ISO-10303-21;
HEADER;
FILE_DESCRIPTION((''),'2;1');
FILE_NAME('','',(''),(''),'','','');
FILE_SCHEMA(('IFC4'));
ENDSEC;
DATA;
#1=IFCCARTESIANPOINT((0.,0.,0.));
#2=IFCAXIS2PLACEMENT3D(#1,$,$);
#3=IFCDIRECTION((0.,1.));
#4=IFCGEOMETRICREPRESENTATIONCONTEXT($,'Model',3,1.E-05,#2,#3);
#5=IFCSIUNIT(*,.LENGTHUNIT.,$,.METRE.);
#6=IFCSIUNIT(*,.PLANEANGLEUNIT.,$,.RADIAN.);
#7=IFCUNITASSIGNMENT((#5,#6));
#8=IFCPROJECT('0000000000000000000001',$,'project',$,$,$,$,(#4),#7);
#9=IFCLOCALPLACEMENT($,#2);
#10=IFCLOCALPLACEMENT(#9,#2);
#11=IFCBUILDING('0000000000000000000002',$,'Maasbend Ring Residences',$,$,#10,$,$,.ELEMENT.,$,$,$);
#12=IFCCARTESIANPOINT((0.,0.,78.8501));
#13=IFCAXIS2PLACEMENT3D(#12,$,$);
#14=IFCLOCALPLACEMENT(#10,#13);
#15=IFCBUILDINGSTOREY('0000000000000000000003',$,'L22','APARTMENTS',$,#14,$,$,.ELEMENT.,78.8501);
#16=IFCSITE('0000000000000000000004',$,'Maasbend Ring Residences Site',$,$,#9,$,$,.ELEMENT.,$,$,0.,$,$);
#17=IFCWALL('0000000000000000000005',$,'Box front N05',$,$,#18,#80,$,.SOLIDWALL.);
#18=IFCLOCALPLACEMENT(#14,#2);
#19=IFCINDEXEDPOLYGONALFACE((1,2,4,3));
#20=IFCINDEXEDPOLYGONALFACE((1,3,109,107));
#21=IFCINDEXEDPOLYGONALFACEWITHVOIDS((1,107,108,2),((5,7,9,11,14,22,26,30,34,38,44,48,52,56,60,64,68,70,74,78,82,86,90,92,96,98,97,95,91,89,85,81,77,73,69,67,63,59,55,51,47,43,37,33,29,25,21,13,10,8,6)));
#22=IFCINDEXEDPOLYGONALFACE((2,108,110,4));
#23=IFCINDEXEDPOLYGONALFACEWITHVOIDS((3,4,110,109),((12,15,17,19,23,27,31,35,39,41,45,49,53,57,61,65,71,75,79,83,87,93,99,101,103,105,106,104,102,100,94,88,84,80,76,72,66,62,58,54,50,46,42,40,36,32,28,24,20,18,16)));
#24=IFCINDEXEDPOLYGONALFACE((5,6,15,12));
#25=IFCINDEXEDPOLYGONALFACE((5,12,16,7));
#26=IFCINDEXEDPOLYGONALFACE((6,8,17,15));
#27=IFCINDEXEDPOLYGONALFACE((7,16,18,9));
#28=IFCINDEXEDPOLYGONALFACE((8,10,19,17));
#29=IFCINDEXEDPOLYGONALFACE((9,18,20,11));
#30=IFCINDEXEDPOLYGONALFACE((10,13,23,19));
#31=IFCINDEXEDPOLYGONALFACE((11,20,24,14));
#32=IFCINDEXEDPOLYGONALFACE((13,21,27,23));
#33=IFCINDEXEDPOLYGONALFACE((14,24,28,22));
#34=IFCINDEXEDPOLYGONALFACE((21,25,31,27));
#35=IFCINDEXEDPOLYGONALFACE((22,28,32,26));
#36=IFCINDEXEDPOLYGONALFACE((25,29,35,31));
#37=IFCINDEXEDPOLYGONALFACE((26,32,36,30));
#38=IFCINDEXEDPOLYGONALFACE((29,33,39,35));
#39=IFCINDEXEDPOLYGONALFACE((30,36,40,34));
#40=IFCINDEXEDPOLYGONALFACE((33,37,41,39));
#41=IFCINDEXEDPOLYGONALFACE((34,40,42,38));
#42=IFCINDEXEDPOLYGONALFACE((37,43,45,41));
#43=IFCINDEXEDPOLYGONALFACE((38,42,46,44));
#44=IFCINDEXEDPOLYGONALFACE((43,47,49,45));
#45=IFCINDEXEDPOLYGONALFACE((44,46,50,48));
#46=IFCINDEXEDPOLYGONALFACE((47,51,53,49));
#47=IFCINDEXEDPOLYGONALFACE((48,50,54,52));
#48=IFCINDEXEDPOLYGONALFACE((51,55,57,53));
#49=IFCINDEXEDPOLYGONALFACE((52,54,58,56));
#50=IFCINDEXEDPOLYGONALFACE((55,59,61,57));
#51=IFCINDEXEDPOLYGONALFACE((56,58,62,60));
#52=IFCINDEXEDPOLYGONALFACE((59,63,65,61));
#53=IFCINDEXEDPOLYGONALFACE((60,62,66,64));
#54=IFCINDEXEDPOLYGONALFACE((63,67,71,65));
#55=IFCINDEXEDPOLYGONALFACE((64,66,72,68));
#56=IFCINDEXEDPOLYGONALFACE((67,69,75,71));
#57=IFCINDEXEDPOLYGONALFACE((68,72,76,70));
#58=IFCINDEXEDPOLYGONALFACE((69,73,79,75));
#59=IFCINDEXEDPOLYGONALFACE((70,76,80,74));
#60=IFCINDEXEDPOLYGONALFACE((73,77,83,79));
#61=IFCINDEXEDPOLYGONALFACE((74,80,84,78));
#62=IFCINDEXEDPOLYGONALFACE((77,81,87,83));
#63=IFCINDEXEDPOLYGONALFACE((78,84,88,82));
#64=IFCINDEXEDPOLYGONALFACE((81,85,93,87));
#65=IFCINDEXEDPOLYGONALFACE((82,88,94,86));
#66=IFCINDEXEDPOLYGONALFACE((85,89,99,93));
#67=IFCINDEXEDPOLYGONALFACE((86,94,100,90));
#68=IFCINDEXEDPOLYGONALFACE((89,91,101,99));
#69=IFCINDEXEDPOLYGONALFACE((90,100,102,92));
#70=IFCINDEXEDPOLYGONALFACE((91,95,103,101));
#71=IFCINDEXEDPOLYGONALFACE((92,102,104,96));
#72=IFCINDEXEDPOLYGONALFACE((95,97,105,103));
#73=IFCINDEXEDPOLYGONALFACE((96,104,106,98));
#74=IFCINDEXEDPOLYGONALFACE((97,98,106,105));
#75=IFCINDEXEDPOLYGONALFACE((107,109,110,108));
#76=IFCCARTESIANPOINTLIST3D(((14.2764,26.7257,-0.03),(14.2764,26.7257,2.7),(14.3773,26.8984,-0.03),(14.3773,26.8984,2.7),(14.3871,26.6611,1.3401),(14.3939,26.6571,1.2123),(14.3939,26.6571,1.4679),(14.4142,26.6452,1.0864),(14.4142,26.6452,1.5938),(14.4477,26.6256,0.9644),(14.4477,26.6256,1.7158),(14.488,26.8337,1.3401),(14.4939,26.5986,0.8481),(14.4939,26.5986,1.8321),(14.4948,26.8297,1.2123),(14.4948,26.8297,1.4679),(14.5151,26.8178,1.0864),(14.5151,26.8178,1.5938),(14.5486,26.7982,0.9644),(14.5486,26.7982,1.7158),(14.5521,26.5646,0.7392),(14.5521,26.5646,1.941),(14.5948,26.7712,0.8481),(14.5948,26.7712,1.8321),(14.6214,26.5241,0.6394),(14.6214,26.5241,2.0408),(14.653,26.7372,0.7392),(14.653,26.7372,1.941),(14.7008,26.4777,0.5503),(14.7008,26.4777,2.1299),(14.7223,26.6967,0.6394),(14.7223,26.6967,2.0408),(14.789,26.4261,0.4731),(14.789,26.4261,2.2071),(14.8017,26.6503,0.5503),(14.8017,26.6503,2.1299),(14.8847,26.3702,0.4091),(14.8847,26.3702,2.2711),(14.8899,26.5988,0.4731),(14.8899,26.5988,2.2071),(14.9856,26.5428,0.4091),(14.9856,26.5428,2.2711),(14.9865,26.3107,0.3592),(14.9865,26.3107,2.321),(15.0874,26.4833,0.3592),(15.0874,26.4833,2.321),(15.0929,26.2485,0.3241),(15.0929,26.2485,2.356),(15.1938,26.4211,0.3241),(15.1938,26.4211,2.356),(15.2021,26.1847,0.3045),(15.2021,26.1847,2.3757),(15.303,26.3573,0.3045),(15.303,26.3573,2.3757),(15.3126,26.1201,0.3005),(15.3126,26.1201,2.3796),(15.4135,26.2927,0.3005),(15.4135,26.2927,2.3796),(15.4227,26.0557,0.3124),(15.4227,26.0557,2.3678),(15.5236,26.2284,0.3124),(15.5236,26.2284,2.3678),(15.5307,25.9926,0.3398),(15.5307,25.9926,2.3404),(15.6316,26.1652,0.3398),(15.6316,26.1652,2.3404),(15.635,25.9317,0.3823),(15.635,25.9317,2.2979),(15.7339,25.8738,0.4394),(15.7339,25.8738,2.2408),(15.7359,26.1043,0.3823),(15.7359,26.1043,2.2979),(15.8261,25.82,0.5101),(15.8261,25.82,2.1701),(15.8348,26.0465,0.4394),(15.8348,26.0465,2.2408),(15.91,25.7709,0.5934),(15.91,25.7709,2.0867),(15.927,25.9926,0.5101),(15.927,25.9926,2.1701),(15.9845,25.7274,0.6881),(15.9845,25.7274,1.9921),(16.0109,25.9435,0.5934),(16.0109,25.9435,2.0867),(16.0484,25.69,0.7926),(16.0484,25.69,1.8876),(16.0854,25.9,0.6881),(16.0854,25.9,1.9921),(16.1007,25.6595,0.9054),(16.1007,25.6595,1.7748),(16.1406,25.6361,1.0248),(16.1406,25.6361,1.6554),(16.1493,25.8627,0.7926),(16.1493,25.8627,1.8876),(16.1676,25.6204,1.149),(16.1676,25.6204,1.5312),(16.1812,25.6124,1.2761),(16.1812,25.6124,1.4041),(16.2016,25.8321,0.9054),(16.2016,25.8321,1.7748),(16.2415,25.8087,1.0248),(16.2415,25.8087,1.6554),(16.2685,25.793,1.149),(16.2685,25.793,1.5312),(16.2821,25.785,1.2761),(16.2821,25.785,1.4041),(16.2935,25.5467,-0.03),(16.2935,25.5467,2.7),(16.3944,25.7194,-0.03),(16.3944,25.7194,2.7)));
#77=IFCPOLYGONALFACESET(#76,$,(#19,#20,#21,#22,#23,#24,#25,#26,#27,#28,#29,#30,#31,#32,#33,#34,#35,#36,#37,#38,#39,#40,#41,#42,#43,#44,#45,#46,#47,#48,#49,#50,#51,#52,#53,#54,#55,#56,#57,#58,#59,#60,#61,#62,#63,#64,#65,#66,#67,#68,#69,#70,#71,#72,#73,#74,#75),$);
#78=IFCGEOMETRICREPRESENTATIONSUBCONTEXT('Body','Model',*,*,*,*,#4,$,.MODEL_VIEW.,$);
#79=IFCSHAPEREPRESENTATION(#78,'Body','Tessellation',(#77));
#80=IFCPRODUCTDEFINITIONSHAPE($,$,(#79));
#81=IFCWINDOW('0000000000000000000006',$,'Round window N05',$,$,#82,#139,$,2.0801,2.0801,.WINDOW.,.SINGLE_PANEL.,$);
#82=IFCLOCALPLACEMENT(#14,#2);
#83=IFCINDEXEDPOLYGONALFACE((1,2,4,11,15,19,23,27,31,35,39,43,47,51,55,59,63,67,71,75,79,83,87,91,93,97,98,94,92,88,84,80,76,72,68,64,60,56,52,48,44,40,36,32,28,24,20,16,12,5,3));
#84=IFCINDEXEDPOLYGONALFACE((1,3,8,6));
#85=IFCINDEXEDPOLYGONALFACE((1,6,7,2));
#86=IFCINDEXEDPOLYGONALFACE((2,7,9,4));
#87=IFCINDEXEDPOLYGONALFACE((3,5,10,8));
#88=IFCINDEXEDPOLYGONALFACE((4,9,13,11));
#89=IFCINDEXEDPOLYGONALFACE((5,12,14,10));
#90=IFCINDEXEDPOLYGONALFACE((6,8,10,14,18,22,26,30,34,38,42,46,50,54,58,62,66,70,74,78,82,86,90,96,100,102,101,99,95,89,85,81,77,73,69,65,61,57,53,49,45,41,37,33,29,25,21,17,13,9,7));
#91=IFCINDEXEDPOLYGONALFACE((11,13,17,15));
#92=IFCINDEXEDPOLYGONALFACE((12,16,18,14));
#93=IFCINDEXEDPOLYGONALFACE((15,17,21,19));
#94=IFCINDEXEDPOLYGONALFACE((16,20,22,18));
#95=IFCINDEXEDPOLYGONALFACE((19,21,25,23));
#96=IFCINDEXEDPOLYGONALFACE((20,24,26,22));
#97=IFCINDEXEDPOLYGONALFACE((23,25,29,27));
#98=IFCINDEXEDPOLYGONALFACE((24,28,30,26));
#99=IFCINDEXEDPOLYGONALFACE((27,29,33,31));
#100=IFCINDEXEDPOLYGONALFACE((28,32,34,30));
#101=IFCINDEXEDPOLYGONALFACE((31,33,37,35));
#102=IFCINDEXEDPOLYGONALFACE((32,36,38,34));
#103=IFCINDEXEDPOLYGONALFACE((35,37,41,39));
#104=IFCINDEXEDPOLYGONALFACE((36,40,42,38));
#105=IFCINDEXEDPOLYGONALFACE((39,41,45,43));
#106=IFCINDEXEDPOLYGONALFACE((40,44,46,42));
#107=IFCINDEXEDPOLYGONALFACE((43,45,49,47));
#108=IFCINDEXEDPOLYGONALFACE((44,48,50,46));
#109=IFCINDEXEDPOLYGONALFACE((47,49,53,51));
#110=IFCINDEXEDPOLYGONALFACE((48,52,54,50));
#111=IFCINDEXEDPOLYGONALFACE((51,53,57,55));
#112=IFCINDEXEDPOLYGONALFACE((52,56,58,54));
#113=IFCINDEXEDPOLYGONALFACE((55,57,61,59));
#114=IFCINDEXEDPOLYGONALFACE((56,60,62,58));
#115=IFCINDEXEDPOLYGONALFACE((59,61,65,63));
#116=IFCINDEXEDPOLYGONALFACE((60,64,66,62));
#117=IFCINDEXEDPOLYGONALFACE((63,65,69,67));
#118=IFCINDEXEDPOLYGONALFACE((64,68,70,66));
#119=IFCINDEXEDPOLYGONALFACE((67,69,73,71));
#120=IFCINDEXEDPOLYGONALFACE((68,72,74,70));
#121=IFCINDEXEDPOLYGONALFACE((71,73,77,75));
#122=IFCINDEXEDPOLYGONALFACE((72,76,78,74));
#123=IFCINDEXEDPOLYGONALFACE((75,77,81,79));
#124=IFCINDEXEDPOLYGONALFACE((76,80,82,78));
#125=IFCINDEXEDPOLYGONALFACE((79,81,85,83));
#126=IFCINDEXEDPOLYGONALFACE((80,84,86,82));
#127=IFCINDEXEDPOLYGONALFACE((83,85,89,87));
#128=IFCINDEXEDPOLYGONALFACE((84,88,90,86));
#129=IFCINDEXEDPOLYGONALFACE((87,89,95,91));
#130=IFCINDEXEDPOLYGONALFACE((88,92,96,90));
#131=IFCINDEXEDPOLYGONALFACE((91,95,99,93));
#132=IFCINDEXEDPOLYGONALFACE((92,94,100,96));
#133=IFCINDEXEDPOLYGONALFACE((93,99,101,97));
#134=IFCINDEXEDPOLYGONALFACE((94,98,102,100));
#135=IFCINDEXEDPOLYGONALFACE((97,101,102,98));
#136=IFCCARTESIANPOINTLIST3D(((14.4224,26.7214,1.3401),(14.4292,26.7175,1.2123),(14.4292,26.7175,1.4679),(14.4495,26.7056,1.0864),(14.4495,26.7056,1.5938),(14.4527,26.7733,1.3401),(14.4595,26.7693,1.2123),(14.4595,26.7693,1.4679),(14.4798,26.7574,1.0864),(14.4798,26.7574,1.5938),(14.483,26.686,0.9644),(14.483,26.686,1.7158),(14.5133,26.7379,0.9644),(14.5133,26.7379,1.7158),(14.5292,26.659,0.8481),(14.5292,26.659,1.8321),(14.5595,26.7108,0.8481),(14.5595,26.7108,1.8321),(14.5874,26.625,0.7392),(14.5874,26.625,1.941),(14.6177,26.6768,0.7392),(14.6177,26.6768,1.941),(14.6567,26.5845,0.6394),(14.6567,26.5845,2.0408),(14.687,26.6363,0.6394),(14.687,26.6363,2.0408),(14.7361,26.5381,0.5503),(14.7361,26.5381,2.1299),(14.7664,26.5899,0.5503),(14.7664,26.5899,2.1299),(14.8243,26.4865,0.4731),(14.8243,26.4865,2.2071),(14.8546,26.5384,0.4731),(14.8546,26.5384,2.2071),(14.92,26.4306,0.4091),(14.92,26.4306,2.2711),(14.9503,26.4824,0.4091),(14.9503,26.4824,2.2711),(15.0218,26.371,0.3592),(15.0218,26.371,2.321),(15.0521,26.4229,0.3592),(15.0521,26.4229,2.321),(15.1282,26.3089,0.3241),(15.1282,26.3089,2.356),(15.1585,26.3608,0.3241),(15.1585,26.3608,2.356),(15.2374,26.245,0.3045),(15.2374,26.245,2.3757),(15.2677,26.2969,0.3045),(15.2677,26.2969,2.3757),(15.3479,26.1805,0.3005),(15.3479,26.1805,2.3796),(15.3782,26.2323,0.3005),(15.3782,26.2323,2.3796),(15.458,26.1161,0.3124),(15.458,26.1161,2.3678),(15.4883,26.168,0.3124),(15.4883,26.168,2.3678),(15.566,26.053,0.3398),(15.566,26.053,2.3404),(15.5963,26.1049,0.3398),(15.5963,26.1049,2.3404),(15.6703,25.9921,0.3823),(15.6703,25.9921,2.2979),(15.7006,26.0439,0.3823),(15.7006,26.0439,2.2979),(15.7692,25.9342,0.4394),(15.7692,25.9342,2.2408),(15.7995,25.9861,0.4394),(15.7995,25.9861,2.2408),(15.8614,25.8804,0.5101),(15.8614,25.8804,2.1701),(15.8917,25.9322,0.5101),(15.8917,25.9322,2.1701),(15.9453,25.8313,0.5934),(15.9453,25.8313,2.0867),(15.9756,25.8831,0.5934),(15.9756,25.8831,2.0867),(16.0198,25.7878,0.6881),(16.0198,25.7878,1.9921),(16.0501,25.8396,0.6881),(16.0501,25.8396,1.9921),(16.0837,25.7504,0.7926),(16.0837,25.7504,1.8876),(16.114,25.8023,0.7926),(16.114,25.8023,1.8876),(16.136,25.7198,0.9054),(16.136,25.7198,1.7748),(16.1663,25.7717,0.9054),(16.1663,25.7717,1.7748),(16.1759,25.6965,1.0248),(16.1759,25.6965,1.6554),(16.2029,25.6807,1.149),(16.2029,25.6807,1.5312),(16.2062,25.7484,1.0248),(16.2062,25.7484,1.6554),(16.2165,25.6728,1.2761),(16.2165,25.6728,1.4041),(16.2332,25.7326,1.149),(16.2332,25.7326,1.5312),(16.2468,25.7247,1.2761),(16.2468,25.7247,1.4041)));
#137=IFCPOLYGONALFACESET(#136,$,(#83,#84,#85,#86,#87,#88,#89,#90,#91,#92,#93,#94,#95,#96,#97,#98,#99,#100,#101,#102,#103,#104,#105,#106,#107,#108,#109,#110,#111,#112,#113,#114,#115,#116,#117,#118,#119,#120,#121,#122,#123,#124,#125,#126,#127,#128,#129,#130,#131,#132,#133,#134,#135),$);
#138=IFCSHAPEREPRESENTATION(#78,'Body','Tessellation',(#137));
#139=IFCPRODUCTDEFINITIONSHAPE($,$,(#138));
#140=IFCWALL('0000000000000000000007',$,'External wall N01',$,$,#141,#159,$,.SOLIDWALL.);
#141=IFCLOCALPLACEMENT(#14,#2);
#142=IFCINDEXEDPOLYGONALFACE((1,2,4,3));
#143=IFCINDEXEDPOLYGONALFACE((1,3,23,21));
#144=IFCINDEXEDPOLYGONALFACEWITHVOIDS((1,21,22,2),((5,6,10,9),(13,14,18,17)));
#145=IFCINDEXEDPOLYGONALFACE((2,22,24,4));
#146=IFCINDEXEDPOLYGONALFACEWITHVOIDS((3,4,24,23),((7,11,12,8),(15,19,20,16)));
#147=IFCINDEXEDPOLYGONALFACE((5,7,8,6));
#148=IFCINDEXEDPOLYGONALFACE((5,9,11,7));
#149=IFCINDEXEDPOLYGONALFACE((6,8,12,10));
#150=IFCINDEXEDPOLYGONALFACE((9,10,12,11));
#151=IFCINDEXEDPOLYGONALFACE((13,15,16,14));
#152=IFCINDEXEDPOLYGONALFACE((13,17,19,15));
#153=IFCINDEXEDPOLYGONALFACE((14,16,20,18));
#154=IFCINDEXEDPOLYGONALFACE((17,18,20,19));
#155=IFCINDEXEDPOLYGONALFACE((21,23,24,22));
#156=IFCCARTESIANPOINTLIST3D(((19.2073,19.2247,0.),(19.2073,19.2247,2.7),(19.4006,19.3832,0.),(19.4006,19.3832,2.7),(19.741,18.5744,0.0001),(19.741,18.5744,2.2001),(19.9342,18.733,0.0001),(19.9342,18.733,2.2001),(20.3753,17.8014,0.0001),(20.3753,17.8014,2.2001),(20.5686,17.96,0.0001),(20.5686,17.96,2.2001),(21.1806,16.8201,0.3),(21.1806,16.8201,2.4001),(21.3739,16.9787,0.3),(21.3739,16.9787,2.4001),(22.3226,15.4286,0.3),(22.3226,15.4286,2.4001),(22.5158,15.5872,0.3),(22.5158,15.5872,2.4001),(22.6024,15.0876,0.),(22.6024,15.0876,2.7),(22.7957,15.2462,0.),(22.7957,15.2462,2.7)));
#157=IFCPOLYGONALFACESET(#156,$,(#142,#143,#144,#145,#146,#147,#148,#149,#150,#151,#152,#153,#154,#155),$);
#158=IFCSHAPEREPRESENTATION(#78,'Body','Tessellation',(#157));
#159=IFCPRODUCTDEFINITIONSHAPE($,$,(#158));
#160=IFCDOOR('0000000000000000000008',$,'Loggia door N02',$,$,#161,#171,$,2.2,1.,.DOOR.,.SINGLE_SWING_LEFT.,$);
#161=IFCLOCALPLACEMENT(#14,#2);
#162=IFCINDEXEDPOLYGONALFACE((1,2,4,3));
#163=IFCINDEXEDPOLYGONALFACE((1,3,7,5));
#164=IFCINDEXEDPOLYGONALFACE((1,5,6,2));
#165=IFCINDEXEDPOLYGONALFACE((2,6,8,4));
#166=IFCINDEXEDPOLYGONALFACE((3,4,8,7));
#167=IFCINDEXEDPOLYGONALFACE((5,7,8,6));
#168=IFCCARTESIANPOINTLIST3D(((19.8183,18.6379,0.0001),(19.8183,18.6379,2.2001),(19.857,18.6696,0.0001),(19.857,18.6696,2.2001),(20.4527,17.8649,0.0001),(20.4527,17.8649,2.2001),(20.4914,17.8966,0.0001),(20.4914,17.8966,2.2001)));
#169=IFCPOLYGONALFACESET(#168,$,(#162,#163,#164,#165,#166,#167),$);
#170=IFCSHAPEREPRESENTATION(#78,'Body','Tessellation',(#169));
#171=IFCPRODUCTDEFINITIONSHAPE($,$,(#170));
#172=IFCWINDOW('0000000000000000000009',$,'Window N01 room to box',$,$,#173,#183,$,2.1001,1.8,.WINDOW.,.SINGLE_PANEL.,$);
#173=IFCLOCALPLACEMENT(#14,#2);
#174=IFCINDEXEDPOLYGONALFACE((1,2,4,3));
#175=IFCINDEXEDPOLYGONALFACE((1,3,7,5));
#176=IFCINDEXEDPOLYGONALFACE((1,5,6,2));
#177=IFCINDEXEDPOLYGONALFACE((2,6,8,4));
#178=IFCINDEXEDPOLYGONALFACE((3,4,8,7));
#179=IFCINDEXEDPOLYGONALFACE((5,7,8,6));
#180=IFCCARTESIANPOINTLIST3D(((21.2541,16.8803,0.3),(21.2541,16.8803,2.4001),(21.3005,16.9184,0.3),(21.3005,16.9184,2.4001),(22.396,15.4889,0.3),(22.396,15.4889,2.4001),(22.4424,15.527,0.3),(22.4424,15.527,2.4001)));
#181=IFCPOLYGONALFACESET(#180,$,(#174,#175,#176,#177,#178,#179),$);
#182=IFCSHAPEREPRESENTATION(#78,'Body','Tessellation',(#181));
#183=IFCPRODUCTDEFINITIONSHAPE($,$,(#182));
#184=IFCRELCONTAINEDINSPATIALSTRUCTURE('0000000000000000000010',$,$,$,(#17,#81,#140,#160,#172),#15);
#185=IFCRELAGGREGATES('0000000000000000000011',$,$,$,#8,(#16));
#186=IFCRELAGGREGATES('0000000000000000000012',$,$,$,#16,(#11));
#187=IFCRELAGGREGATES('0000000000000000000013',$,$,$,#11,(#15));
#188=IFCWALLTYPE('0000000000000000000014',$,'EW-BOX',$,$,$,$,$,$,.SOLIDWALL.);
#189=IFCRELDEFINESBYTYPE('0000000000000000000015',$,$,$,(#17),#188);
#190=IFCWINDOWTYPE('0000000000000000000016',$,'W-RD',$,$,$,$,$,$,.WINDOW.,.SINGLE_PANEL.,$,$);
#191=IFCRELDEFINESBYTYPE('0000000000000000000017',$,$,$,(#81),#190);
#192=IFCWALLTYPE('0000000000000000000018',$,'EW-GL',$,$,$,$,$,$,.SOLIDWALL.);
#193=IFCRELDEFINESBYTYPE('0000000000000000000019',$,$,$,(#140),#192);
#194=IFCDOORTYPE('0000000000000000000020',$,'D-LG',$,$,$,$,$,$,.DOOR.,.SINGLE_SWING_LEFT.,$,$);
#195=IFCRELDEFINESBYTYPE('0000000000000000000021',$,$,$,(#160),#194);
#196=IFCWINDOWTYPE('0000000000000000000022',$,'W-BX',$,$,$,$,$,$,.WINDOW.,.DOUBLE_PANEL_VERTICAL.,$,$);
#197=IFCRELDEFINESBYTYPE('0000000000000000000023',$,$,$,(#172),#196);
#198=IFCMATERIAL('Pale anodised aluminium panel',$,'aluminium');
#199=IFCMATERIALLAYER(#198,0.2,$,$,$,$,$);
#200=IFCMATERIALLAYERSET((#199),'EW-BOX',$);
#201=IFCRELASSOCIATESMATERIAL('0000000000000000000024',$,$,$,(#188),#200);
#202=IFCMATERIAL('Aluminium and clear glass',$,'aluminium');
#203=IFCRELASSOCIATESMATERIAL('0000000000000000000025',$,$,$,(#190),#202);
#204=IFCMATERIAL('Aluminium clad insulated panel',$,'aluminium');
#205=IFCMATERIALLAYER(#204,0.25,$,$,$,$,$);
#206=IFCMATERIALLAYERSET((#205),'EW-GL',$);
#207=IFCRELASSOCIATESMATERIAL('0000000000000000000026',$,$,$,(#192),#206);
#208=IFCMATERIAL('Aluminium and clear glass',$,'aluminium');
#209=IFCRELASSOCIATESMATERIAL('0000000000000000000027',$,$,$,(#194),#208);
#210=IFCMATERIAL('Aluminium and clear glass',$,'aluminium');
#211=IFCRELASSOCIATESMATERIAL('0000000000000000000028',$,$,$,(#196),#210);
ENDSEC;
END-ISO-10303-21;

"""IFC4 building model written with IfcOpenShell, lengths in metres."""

from ifc_helpers import new_model, si_unit, direction, frame, frame_2d, origin, place, context, subcontext, project, spatial, rectangle, circle, extrude, material, layer, layer_set, type_object, element, fill, save


model = new_model("IFC4")

# Units and contexts
model_context = context("Model", 3, precision=1e-05, world=origin(), true_north=direction((0.0, 1.0)))
body_context = subcontext(model_context, "Body", "Model", "MODEL_VIEW")
ifc_project = project(units=[si_unit("LENGTHUNIT", "METRE"), si_unit("PLANEANGLEUNIT", "RADIAN")], contexts=[model_context])

# Site, building, storey
site_placement = place(None, origin())
site = spatial("IfcSite", under=ifc_project, at=site_placement, Name="Maasbend Ring Residences Site", CompositionType="ELEMENT", RefElevation=0.0)
building_placement = place(site_placement, origin())
building = spatial("IfcBuilding", under=site, at=building_placement, Name="Maasbend Ring Residences", CompositionType="ELEMENT")
storey_placement = place(building_placement, frame((0.0, 0.0, 78.8501)))
storey = spatial("IfcBuildingStorey", under=building, at=storey_placement, Name="L22", Description="APARTMENTS", CompositionType="ELEMENT", Elevation=78.8501)

# Shared definitions
ifc_material_1 = material(Name="Pale anodised aluminium panel", Category="aluminium")
ifc_layer_1 = layer(ifc_material_1, 0.2)
ifc_layer_set_1 = layer_set([ifc_layer_1], Name="EW-BOX")
wall_type_1 = type_object("IfcWallType", Name="EW-BOX", PredefinedType="SOLIDWALL", material=ifc_layer_set_1)
ifc_material_2 = material(Name="Aluminium and clear glass", Category="aluminium")
window_type_1 = type_object("IfcWindowType", Name="W-RD", PartitioningType="SINGLE_PANEL", PredefinedType="WINDOW", material=ifc_material_2)

# Wall, opening, window
wall_1_placement = place(storey_placement, frame((16.344, 25.6331, -0.03), z_axis=(0.0, 0.0, 1.0), x_axis=(-0.863347, 0.504612, 0.0)))
wall_1 = element("IfcWall", 1, at=wall_1_placement, inside=storey, type_object=wall_type_1, Name="Box front N05", PredefinedType="SOLIDWALL", context=body_context, shape_type="SweptSolid", body=[
    extrude(rectangle(XDim=2.3364, YDim=0.2, at=frame_2d((1.1682, 0.0))), origin(), (0.0, 0.0, 1.0), 2.73),
])
opening_1_placement = place(wall_1_placement, frame((0.1282, 0.0, 0.3301)))
opening_1 = element("IfcOpeningElement", 2, at=opening_1_placement, cuts=wall_1, PredefinedType="OPENING", context=body_context, shape_type="SweptSolid", body=[
    extrude(circle(Radius=1.04, at=frame_2d((1.04, 1.04))), frame((0.0, 0.1099, 0.0), z_axis=(0.0, -1.0, 0.0), x_axis=(1.0, 0.0, 0.0)), (0.0, 0.0, 1.0), 0.22),
])
window_1_placement = place(opening_1_placement, origin())
window_1 = element("IfcWindow", 3, at=window_1_placement, inside=storey, type_object=window_type_1, Name="Round window N05", OverallHeight=2.0801, OverallWidth=2.0801, PartitioningType="SINGLE_PANEL", PredefinedType="WINDOW", context=body_context, shape_type="SweptSolid", body=[
    extrude(circle(Radius=1.04, at=frame_2d((1.04, 1.04))), frame((0.0, 0.03, 0.0), z_axis=(0.0, -1.0, 0.0), x_axis=(1.0, 0.0, 0.0)), (0.0, 0.0, 1.0), 0.0601),
])
fill(opening_1, window_1)

# Wall, openings, door, window
ifc_material_3 = material(Name="Aluminium clad insulated panel", Category="aluminium")
ifc_layer_2 = layer(ifc_material_3, 0.25)
ifc_layer_set_2 = layer_set([ifc_layer_2], Name="EW-GL")
wall_type_2 = type_object("IfcWallType", Name="EW-GL", PredefinedType="SOLIDWALL", material=ifc_layer_set_2)
wall_2_placement = place(storey_placement, frame((22.699, 15.167, 0.0), z_axis=(0.0, 0.0, 1.0), x_axis=(-0.634382, 0.773019, 0.0)))
wall_2 = element("IfcWall", 4, at=wall_2_placement, inside=storey, type_object=wall_type_2, Name="External wall N01", PredefinedType="SOLIDWALL", context=body_context, shape_type="SweptSolid", body=[
    extrude(rectangle(XDim=5.3518, YDim=0.25, at=frame_2d((2.6758, 0.0))), origin(), (0.0, 0.0, 1.0), 2.7),
])
opening_2_placement = place(wall_2_placement, frame((0.4412, 0.0, 0.3)))
opening_2 = element("IfcOpeningElement", 5, at=opening_2_placement, cuts=wall_2, PredefinedType="OPENING", context=body_context, shape_type="SweptSolid", body=[
    extrude(rectangle(XDim=1.8, YDim=2.1001, at=frame_2d((0.8999, 1.05))), frame((0.0, 0.135, 0.0), z_axis=(0.0, -1.0, 0.0), x_axis=(1.0, 0.0, 0.0)), (0.0, 0.0, 1.0), 0.27),
])
opening_3_placement = place(wall_2_placement, frame((3.5105, 0.0, 0.0)))
opening_3 = element("IfcOpeningElement", 6, at=opening_3_placement, cuts=wall_2, PredefinedType="OPENING", context=body_context, shape_type="SweptSolid", body=[
    extrude(rectangle(XDim=1.0, YDim=2.2, at=frame_2d((0.5, 1.1001))), frame((0.0, 0.135, 0.0), z_axis=(0.0, -1.0, 0.0), x_axis=(1.0, 0.0, 0.0)), (0.0, 0.0, 1.0), 0.27),
])
ifc_material_4 = material(Name="Aluminium and clear glass", Category="aluminium")
door_type_1 = type_object("IfcDoorType", Name="D-LG", OperationType="SINGLE_SWING_LEFT", PredefinedType="DOOR", material=ifc_material_4)
door_1_placement = place(opening_3_placement, origin())
door_1 = element("IfcDoor", 7, at=door_1_placement, inside=storey, type_object=door_type_1, Name="Loggia door N02", OperationType="SINGLE_SWING_LEFT", OverallHeight=2.2, OverallWidth=1.0, PredefinedType="DOOR", context=body_context, shape_type="SweptSolid", body=[
    extrude(rectangle(XDim=1.0, YDim=2.2, at=frame_2d((0.5, 1.1001))), frame((0.0, 0.0249, 0.0), z_axis=(0.0, -1.0, 0.0), x_axis=(1.0, 0.0, 0.0)), (0.0, 0.0, 1.0), 0.05),
])
fill(opening_3, door_1)
ifc_material_5 = material(Name="Aluminium and clear glass", Category="aluminium")
window_type_2 = type_object("IfcWindowType", Name="W-BX", PartitioningType="DOUBLE_PANEL_VERTICAL", PredefinedType="WINDOW", material=ifc_material_5)
window_2_placement = place(opening_2_placement, origin())
window_2 = element("IfcWindow", 8, at=window_2_placement, inside=storey, type_object=window_type_2, Name="Window N01 room to box", OverallHeight=2.1001, OverallWidth=1.8, PartitioningType="SINGLE_PANEL", PredefinedType="WINDOW", context=body_context, shape_type="SweptSolid", body=[
    extrude(rectangle(XDim=1.8, YDim=2.1001, at=frame_2d((0.8999, 1.05))), frame((0.0, 0.03, 0.0), z_axis=(0.0, -1.0, 0.0), x_axis=(1.0, 0.0, 0.0)), (0.0, 0.0, 1.0), 0.0601),
])
fill(opening_2, window_2)

save(model, "model.ifc")
